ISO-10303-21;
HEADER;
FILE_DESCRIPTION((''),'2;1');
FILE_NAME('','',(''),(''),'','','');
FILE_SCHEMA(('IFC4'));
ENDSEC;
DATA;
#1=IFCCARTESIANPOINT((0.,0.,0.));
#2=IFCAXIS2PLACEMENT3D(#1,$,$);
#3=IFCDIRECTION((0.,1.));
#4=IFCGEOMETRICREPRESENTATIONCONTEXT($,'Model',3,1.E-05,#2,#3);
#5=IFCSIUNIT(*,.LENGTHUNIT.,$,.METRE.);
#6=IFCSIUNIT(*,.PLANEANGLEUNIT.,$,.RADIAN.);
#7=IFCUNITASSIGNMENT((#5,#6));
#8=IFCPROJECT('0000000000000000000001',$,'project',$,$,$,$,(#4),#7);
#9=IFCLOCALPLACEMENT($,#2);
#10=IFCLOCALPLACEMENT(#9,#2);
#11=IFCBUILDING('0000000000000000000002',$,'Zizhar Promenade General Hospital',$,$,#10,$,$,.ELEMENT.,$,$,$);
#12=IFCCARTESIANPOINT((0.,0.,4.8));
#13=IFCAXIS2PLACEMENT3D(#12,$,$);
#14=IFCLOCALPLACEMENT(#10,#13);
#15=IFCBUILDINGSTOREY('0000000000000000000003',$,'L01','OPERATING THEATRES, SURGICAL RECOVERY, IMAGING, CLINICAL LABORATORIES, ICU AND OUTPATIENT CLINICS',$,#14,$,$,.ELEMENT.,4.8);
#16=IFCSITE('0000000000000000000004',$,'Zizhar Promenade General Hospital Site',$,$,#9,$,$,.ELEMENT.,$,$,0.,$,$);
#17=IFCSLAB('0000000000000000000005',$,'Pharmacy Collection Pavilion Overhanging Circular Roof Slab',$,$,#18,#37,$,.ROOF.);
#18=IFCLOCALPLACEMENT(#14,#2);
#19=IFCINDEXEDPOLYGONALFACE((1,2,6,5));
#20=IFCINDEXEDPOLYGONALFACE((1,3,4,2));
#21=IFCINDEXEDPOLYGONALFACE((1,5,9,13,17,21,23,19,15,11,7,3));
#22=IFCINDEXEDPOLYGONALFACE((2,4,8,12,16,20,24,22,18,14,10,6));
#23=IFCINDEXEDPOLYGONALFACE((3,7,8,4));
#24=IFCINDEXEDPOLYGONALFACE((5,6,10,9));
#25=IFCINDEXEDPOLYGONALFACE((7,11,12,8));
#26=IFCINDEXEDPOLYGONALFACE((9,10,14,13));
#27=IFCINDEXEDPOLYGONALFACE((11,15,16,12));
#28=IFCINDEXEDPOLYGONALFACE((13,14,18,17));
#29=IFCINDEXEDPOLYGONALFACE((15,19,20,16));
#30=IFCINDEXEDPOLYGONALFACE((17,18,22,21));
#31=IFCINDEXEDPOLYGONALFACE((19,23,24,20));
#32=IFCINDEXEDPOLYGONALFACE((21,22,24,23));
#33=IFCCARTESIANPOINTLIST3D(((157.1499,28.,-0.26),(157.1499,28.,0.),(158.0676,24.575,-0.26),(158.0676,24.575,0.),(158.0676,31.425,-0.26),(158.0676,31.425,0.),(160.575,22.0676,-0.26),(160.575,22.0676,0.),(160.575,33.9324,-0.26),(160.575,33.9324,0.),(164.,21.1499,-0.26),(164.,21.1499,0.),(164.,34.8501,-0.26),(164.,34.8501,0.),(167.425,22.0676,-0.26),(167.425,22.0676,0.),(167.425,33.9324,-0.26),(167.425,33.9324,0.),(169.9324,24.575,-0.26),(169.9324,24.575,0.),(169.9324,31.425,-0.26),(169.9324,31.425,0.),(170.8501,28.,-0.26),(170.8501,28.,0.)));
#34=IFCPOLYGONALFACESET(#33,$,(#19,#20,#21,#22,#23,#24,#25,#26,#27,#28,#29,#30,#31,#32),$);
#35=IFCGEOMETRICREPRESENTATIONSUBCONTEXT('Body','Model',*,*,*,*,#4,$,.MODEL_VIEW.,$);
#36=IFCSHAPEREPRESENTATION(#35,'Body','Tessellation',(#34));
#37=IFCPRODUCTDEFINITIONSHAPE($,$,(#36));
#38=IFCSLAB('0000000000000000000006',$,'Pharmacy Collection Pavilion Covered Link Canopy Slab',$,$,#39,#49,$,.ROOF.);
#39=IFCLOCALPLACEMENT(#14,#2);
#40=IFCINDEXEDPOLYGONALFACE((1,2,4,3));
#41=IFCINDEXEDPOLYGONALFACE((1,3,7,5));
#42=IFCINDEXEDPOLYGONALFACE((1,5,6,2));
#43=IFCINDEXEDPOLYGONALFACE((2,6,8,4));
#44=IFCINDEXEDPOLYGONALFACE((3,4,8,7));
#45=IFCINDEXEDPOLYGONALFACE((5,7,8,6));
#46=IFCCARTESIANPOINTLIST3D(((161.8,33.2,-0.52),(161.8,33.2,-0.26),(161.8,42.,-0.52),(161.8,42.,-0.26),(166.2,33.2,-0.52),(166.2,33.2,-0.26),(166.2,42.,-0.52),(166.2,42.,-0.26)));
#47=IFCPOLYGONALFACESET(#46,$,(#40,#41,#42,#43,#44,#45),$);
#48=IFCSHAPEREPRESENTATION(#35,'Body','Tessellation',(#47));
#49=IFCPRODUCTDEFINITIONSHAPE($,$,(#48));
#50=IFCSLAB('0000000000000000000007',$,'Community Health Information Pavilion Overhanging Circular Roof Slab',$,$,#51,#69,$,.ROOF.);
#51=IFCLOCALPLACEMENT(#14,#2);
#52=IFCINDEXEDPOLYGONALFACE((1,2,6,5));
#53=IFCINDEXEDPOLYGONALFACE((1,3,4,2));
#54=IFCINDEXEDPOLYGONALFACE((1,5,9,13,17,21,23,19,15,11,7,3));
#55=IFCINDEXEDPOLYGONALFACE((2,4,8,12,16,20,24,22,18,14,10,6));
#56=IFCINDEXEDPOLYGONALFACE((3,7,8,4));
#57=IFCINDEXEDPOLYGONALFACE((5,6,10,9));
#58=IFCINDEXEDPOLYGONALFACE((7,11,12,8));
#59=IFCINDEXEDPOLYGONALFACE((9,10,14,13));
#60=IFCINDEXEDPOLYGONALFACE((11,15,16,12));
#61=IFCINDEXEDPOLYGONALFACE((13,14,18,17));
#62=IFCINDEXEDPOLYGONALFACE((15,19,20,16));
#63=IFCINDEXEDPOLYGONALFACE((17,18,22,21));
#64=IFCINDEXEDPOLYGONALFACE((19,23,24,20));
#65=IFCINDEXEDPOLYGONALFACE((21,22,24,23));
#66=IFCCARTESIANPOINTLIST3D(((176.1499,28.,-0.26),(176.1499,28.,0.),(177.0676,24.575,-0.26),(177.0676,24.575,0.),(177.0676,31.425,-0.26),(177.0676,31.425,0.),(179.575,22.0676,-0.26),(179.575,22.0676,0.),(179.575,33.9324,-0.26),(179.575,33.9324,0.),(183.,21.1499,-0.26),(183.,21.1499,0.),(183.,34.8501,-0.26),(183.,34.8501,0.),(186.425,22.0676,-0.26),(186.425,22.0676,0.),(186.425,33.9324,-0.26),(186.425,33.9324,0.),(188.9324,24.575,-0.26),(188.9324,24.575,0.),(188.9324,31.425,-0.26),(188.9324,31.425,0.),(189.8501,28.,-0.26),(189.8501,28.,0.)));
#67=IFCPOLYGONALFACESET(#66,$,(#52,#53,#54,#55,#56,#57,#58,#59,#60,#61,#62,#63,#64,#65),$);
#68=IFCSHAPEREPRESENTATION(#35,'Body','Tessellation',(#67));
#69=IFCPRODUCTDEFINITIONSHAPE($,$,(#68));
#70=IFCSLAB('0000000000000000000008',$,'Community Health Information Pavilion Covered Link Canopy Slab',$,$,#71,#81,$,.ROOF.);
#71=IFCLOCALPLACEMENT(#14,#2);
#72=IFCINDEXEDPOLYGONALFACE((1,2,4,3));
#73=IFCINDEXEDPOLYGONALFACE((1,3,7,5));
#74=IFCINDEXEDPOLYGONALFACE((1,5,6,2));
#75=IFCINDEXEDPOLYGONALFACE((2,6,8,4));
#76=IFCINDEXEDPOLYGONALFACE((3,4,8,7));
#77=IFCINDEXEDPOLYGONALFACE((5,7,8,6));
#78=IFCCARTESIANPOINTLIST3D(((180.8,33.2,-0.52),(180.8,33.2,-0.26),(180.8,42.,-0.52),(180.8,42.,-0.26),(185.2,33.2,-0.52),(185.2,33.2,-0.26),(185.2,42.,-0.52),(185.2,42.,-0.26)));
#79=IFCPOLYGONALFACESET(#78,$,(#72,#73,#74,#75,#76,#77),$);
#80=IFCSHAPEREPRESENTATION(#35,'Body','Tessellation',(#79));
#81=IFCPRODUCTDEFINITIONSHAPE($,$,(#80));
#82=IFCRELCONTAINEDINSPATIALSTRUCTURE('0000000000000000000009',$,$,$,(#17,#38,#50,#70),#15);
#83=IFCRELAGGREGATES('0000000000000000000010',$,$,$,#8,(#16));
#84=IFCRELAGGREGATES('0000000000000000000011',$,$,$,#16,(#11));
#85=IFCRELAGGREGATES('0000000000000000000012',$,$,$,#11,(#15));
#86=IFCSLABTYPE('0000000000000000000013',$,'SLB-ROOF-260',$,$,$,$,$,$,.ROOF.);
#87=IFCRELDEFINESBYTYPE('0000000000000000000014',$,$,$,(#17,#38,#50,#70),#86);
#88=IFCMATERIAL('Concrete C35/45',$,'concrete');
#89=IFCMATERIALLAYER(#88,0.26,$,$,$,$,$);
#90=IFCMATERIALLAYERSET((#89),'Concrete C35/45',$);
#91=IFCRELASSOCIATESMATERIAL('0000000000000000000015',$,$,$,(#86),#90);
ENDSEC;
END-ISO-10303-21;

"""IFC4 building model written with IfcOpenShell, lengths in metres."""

from ifc_helpers import new_model, si_unit, direction, frame, origin, place, context, subcontext, project, spatial, polyline, outline, extrude, material, layer, layer_set, type_object, element, save


model = new_model("IFC4")

# Units and contexts
model_context = context("Model", 3, precision=1e-05, world=origin(), true_north=direction((0.0, 1.0)))
body_context = subcontext(model_context, "Body", "Model", "MODEL_VIEW")
ifc_project = project(units=[si_unit("LENGTHUNIT", "METRE"), si_unit("PLANEANGLEUNIT", "RADIAN")], contexts=[model_context])

# Site, building, storey
site_placement = place(None, origin())
site = spatial("IfcSite", under=ifc_project, at=site_placement, Name="Zizhar Promenade General Hospital Site", CompositionType="ELEMENT", RefElevation=0.0)
building_placement = place(site_placement, origin())
building = spatial("IfcBuilding", under=site, at=building_placement, Name="Zizhar Promenade General Hospital", CompositionType="ELEMENT")
storey_placement = place(building_placement, frame((0.0, 0.0, 4.8)))
storey = spatial("IfcBuildingStorey", under=building, at=storey_placement, Name="L01", Description="OPERATING THEATRES, SURGICAL RECOVERY, IMAGING, CLINICAL LABORATORIES, ICU AND OUTPATIENT CLINICS", CompositionType="ELEMENT", Elevation=4.8)

# Slabs
ifc_material_1 = material(Name="Concrete C35/45", Category="concrete")
ifc_layer_1 = layer(ifc_material_1, 0.26)
ifc_layer_set_1 = layer_set([ifc_layer_1], Name="Concrete C35/45")
slab_type_1 = type_object("IfcSlabType", Name="SLB-ROOF-260", PredefinedType="ROOF", material=ifc_layer_set_1)
slab_1_placement = place(storey_placement, frame((0.0, 0.0, -0.26)))
element("IfcSlab", 1, at=slab_1_placement, inside=storey, type_object=slab_type_1, Name="Pharmacy Collection Pavilion Overhanging Circular Roof Slab", PredefinedType="ROOF", context=body_context, shape_type="SweptSolid", body=[
    extrude(outline(polyline([(170.8501, 28.0), (169.9324, 31.425), (167.425, 33.9324), (164.0, 34.8501), (160.575, 33.9324), (158.0676, 31.425), (157.1499, 28.0), (158.0676, 24.575), (160.575, 22.0676), (164.0, 21.1499), (167.425, 22.0676), (169.9324, 24.575), (170.8501, 28.0)])), origin(), (0.0, 0.0, 1.0), 0.26),
])
slab_2_placement = place(storey_placement, frame((0.0, 0.0, -0.52)))
element("IfcSlab", 2, at=slab_2_placement, inside=storey, type_object=slab_type_1, Name="Pharmacy Collection Pavilion Covered Link Canopy Slab", PredefinedType="ROOF", context=body_context, shape_type="SweptSolid", body=[
    extrude(outline(polyline([(161.8, 33.2), (166.2, 33.2), (166.2, 42.0), (161.8, 42.0), (161.8, 33.2)])), origin(), (0.0, 0.0, 1.0), 0.26),
])
slab_3_placement = place(storey_placement, frame((0.0, 0.0, -0.26)))
element("IfcSlab", 3, at=slab_3_placement, inside=storey, type_object=slab_type_1, Name="Community Health Information Pavilion Overhanging Circular Roof Slab", PredefinedType="ROOF", context=body_context, shape_type="SweptSolid", body=[
    extrude(outline(polyline([(189.8501, 28.0), (188.9324, 31.425), (186.425, 33.9324), (183.0, 34.8501), (179.575, 33.9324), (177.0676, 31.425), (176.1499, 28.0), (177.0676, 24.575), (179.575, 22.0676), (183.0, 21.1499), (186.425, 22.0676), (188.9324, 24.575), (189.8501, 28.0)])), origin(), (0.0, 0.0, 1.0), 0.26),
])
slab_4_placement = place(storey_placement, frame((0.0, 0.0, -0.52)))
element("IfcSlab", 4, at=slab_4_placement, inside=storey, type_object=slab_type_1, Name="Community Health Information Pavilion Covered Link Canopy Slab", PredefinedType="ROOF", context=body_context, shape_type="SweptSolid", body=[
    extrude(outline(polyline([(180.8, 33.2), (185.2, 33.2), (185.2, 42.0), (180.8, 42.0), (180.8, 33.2)])), origin(), (0.0, 0.0, 1.0), 0.26),
])

save(model, "model.ifc")
